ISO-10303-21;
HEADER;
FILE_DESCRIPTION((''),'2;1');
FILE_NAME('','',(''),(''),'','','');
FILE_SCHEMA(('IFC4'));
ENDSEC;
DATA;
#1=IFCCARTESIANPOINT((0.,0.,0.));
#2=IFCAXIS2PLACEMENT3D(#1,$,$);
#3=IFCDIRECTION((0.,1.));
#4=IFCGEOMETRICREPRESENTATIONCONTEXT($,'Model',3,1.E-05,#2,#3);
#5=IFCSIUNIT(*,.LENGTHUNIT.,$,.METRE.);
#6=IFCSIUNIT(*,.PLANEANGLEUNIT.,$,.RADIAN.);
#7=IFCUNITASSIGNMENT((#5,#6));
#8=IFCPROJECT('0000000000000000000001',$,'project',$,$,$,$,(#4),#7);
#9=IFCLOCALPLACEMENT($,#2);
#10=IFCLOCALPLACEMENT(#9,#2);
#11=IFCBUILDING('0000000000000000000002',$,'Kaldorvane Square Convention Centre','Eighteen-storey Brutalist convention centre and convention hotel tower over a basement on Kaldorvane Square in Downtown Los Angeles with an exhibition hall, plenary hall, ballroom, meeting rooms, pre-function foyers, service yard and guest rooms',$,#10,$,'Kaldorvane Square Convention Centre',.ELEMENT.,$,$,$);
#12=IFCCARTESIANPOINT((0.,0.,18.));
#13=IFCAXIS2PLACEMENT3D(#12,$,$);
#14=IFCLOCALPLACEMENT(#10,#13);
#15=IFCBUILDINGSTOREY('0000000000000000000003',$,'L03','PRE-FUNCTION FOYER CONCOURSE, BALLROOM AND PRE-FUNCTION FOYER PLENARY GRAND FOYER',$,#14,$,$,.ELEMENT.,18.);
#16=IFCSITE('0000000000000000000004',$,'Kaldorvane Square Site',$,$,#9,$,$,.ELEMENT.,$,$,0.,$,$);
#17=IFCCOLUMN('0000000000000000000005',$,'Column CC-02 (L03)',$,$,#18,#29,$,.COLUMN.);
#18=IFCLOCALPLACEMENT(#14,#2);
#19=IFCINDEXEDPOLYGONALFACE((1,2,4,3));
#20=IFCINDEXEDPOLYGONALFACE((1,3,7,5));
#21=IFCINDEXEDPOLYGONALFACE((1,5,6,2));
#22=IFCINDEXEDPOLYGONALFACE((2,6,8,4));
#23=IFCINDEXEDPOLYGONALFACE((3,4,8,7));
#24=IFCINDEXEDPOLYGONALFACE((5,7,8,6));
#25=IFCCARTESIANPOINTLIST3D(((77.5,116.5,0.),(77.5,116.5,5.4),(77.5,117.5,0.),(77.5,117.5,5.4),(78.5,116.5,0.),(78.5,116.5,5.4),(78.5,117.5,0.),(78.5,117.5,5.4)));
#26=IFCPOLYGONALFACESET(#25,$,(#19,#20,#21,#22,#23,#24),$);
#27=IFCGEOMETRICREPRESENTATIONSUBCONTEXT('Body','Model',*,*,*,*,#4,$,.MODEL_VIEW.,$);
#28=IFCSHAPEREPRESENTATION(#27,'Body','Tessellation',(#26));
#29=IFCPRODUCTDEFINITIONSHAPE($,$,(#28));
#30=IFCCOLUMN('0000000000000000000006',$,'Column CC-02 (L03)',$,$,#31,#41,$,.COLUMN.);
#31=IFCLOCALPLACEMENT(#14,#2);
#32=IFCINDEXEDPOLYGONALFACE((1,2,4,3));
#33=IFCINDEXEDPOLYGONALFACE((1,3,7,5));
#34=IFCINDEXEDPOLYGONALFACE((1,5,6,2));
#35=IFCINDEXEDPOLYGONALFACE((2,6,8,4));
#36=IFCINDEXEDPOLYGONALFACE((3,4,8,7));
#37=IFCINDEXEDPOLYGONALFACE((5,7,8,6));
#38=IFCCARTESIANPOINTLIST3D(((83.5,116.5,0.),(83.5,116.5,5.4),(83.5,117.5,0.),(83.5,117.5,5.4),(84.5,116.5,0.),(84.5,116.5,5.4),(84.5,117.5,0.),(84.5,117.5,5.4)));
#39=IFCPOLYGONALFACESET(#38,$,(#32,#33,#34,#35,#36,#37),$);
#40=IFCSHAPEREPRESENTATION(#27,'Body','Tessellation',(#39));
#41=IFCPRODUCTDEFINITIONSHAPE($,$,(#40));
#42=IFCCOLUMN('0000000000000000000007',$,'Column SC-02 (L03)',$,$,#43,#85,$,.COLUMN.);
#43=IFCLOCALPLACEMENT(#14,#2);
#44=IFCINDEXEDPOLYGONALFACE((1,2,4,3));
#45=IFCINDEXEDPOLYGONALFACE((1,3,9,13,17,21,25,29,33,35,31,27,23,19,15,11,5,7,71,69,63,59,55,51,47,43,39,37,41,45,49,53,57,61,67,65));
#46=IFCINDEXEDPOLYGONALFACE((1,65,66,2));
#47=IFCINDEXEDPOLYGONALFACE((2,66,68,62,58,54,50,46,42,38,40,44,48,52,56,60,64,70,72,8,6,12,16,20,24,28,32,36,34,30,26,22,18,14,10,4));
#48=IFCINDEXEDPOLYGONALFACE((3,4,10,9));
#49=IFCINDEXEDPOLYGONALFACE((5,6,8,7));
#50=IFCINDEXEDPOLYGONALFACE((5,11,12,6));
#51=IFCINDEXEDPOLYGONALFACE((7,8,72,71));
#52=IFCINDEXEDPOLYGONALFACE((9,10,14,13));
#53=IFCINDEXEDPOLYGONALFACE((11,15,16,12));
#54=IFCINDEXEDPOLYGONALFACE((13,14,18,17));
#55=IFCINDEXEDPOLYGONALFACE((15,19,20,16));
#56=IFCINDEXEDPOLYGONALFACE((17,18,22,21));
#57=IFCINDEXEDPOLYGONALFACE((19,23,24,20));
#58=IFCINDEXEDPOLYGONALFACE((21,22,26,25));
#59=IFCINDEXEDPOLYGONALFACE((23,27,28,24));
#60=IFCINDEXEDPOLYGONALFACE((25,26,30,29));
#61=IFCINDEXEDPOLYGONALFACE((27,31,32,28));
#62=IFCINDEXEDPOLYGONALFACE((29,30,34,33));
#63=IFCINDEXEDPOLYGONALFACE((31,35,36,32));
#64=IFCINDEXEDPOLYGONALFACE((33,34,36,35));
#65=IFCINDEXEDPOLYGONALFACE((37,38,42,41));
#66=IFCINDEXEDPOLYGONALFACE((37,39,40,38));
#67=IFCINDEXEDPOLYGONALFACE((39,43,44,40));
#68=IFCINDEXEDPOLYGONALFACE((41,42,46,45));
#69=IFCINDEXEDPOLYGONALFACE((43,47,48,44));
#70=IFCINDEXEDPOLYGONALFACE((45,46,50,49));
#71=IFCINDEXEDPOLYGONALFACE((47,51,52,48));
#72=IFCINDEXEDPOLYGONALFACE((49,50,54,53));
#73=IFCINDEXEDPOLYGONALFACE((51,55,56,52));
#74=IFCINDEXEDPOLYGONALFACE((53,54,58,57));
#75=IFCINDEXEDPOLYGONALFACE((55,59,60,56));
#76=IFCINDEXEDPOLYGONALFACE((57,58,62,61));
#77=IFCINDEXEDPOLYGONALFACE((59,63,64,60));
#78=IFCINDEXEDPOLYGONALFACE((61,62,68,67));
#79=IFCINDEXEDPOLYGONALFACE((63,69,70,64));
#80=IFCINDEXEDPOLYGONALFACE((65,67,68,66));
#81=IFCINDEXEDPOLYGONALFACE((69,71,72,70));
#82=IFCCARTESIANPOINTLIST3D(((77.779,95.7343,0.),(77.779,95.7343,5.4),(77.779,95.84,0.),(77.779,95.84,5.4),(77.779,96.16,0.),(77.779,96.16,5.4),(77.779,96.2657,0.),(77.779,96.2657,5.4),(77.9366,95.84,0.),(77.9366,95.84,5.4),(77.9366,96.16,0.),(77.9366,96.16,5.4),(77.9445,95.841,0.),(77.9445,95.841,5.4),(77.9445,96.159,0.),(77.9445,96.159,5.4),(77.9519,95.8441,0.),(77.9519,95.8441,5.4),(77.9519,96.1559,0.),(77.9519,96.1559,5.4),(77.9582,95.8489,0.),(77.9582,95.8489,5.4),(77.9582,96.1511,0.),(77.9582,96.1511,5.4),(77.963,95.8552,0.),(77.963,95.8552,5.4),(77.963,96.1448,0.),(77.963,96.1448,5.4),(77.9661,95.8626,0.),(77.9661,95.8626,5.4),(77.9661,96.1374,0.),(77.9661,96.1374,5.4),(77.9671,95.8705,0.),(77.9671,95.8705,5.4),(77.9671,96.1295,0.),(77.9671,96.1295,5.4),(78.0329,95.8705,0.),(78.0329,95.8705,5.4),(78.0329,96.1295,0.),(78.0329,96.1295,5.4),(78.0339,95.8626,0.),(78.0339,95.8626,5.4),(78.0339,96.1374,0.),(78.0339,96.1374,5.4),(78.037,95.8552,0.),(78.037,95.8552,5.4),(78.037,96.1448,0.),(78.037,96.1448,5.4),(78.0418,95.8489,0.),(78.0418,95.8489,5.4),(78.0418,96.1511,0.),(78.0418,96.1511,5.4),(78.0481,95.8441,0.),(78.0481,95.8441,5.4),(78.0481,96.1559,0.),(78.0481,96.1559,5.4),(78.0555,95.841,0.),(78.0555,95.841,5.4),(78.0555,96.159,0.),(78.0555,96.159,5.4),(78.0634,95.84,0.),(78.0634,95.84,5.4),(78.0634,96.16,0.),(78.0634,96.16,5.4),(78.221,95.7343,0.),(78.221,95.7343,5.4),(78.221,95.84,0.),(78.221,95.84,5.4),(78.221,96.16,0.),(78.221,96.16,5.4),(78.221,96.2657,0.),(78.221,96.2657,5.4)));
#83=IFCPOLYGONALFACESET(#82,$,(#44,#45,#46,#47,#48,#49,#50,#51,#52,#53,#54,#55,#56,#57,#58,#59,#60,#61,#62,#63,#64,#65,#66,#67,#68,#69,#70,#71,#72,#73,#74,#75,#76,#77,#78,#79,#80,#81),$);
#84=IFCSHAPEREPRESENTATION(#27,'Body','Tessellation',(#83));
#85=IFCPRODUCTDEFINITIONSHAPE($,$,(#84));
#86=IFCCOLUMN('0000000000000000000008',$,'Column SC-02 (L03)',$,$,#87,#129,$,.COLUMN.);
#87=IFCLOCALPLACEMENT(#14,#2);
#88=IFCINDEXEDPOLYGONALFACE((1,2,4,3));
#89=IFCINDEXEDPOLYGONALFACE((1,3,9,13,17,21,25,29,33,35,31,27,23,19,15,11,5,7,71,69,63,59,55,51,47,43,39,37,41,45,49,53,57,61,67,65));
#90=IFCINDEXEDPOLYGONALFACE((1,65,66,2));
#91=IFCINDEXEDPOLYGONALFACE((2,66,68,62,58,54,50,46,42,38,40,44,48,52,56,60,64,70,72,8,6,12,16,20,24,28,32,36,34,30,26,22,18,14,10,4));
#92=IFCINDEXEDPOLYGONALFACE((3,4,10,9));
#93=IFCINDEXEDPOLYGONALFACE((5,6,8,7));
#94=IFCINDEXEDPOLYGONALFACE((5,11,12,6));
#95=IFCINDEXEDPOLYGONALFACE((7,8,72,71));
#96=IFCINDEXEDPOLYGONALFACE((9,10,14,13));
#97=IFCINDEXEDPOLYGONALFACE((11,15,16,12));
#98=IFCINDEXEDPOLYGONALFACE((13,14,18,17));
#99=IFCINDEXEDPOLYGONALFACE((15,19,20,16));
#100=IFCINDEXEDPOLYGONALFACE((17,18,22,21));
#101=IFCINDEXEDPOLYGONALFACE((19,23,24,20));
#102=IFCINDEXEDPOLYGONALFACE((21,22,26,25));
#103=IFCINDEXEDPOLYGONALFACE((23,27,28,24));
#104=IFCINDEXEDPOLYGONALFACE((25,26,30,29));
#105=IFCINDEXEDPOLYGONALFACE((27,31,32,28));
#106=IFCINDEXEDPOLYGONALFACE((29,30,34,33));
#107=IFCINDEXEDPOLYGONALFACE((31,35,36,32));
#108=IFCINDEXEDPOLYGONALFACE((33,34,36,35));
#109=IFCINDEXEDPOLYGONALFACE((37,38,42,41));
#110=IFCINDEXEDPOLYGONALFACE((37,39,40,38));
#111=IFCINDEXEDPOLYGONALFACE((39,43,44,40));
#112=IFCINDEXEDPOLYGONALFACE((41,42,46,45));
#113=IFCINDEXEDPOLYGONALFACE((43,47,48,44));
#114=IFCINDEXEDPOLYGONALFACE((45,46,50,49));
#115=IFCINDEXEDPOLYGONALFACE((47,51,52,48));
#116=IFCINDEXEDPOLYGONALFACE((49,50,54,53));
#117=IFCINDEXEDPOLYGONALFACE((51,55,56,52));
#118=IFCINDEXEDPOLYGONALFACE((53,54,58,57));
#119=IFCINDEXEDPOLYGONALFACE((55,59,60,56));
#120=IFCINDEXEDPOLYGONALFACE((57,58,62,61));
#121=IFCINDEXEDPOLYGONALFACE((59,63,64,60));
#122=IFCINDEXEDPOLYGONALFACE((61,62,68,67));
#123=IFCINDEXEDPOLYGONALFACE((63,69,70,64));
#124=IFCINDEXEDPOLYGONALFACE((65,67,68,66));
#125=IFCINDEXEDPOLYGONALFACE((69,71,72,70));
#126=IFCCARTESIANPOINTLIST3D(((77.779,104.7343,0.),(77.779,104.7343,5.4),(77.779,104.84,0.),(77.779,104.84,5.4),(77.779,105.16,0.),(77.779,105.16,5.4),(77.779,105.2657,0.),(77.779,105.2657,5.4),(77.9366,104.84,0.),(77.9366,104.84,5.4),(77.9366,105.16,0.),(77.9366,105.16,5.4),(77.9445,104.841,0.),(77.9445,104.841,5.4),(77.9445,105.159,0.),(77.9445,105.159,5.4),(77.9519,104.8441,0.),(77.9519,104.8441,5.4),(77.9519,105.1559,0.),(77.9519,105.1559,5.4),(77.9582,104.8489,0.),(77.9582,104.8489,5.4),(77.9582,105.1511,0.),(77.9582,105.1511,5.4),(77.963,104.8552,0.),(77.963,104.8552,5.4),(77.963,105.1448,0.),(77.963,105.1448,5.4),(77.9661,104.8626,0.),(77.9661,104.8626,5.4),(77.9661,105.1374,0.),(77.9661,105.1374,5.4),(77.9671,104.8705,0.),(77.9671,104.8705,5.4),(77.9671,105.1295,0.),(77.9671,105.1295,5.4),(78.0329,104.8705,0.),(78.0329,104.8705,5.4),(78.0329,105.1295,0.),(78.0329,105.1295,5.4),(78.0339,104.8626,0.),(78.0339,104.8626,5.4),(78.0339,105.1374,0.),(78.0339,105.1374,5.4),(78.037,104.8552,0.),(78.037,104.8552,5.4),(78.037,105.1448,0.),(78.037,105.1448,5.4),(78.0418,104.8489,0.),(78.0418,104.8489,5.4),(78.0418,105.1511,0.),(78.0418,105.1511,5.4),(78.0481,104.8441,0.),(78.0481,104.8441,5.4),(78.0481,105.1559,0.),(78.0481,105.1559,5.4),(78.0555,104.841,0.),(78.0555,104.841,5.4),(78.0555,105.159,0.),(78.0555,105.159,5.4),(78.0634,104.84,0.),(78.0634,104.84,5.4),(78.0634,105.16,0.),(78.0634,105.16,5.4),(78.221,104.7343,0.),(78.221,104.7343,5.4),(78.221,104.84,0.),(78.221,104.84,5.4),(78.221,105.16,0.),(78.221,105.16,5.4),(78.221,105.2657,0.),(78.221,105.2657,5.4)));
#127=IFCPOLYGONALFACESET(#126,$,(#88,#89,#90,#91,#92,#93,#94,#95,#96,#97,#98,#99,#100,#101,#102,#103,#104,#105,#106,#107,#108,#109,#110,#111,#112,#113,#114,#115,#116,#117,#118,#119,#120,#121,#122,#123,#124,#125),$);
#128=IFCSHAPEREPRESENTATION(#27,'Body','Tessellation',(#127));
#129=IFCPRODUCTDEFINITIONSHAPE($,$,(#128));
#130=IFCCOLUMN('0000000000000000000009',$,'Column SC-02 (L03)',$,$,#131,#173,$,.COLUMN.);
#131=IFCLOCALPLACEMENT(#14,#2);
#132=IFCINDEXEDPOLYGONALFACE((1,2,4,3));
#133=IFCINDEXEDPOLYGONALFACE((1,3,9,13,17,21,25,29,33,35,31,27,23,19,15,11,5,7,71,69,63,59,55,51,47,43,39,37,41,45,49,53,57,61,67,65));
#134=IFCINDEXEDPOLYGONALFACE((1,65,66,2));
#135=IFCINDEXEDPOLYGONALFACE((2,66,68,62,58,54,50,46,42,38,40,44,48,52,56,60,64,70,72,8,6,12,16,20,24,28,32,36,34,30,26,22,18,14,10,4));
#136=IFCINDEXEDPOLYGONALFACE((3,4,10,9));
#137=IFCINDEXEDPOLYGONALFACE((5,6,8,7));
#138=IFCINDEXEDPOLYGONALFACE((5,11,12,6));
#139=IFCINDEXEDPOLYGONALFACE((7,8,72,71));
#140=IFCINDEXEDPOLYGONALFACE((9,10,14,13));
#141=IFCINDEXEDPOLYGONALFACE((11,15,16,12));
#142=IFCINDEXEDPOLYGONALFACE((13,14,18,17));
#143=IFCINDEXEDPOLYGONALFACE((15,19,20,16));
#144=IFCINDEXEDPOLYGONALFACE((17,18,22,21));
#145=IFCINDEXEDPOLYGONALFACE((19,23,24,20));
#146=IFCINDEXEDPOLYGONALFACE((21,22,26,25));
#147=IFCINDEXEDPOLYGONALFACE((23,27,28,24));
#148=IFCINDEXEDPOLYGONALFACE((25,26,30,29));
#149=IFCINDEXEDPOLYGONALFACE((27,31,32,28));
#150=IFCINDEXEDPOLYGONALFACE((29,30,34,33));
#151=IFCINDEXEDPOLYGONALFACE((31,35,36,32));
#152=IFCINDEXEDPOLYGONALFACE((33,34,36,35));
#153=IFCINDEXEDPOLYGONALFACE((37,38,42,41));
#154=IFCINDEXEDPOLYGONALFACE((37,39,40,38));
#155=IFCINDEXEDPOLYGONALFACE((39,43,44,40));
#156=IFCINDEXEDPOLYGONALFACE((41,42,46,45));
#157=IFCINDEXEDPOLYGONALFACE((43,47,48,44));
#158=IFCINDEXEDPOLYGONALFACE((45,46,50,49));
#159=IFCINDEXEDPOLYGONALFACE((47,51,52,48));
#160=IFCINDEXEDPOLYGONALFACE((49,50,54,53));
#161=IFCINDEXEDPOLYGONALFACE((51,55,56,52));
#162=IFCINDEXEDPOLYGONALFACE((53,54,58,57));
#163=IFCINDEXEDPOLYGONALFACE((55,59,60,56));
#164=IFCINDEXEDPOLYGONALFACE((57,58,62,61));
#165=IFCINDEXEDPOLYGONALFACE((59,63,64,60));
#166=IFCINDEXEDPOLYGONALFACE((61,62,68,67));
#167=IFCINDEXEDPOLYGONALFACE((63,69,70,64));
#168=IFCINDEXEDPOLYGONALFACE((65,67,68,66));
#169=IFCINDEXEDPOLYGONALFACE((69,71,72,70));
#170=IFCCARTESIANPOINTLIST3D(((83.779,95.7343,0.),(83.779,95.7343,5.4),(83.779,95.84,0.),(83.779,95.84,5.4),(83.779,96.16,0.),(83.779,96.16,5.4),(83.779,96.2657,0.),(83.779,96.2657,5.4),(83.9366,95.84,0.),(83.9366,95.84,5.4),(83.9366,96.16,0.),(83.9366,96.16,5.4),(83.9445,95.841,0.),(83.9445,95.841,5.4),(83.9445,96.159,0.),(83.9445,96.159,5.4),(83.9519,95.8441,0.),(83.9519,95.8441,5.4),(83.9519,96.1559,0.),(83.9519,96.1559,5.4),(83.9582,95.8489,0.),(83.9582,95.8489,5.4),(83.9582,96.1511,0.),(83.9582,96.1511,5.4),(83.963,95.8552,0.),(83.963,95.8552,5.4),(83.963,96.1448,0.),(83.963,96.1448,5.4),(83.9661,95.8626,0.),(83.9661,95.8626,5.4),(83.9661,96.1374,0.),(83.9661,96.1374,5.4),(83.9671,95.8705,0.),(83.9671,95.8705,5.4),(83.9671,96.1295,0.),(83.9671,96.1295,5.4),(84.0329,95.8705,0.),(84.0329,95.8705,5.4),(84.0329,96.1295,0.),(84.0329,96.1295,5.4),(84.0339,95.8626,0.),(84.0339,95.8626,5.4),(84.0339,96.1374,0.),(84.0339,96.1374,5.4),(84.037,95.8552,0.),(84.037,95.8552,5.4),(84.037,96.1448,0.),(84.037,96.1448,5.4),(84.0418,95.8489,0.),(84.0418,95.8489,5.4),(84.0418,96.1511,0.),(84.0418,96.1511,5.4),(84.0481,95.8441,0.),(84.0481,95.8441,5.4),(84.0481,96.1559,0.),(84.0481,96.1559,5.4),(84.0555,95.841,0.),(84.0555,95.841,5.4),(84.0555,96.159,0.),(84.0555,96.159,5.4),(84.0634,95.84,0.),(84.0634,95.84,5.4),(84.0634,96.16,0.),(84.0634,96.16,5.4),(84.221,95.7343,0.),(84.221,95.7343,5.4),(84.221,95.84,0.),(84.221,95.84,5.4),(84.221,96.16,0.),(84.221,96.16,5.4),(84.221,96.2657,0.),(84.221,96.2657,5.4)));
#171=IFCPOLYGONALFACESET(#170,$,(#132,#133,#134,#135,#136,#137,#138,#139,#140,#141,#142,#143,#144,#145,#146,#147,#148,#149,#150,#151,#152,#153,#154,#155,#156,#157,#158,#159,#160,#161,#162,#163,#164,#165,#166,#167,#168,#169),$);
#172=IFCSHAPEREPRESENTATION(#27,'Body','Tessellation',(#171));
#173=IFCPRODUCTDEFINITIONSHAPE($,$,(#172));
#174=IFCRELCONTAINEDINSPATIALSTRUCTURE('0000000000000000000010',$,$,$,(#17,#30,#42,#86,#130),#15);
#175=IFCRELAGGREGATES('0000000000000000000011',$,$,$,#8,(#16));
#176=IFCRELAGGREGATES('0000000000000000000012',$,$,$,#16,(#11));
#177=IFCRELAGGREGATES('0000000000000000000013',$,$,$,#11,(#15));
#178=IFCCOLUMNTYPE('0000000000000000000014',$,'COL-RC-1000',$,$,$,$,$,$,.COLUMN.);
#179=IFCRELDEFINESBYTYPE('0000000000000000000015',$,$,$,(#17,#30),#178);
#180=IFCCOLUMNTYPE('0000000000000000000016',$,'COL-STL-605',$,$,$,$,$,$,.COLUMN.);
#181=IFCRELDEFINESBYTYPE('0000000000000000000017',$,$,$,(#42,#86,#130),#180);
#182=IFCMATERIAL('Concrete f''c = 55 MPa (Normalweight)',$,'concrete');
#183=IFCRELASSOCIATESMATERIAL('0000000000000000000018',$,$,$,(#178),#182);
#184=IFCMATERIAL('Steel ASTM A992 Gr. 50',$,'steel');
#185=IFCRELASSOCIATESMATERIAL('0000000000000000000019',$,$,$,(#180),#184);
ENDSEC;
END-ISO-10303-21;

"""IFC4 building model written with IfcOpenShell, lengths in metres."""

from ifc_helpers import new_model, si_unit, direction, frame, origin, origin_2d, place, context, subcontext, project, spatial, rectangle, i_section, extrude, material, material_profile, profile_set, type_object, element, save


model = new_model("IFC4")

# Units and contexts
model_context = context("Model", 3, precision=1e-05, world=origin(), true_north=direction((0.0, 1.0)))
body_context = subcontext(model_context, "Body", "Model", "MODEL_VIEW")
ifc_project = project(units=[si_unit("LENGTHUNIT", "METRE"), si_unit("PLANEANGLEUNIT", "RADIAN")], contexts=[model_context])

# Site, building, storey
site_placement = place(None, origin())
site = spatial("IfcSite", under=ifc_project, at=site_placement, Name="Kaldorvane Square Site", CompositionType="ELEMENT", RefElevation=0.0)
building_placement = place(site_placement, origin())
building = spatial("IfcBuilding", under=site, at=building_placement, Name="Kaldorvane Square Convention Centre", Description="Eighteen-storey Brutalist convention centre and convention hotel tower over a basement on Kaldorvane Square in Downtown Los Angeles with an exhibition hall, plenary hall, ballroom, meeting rooms, pre-function foyers, service yard and guest rooms", LongName="Kaldorvane Square Convention Centre", CompositionType="ELEMENT")
storey_placement = place(building_placement, frame((0.0, 0.0, 18.0)))
storey = spatial("IfcBuildingStorey", under=building, at=storey_placement, Name="L03", Description="PRE-FUNCTION FOYER CONCOURSE, BALLROOM AND PRE-FUNCTION FOYER PLENARY GRAND FOYER", CompositionType="ELEMENT", Elevation=18.0)

# Columns
ifc_material_1 = material(Name="Concrete f'c = 55 MPa (Normalweight)", Category="concrete")
ifc_material_profile_1 = material_profile(ifc_material_1, rectangle(XDim=1.0, YDim=1.0, at=origin_2d()), Name="RC1000X1000")
ifc_profile_set_1 = profile_set([ifc_material_profile_1], Name="Concrete f'c = 55 MPa (Normalweight)")
column_type_1 = type_object("IfcColumnType", Name="COL-RC-1000", PredefinedType="COLUMN", material=ifc_profile_set_1)
for number, where, z_axis, x_axis, name in (
    (1, (78.0, 117.0, 0.0), (0.0, 0.0, 1.0), (1.0, 0.0, 0.0), "Column CC-02 (L03)"),
    (2, (84.0, 117.0, 0.0), (0.0, 0.0, 1.0), (1.0, 0.0, 0.0), "Column CC-02 (L03)"),
):
    element("IfcColumn", number, at=place(storey_placement, frame(where, z_axis=z_axis, x_axis=x_axis)), inside=storey, type_object=column_type_1, Name=name, PredefinedType="COLUMN", context=body_context, shape_type="SweptSolid", body=[
        extrude(rectangle(XDim=1.0, YDim=1.0, at=origin_2d()), origin(), (0.0, 0.0, 1.0), 5.4),
    ])
ifc_material_2 = material(Name="Steel ASTM A992 Gr. 50", Category="steel")
ifc_material_profile_2 = material_profile(ifc_material_2, i_section(OverallWidth=0.442, OverallDepth=0.5314, WebThickness=0.0658, FlangeThickness=0.1057, FilletRadius=0.0305, at=origin_2d()), Name="W14X605")
ifc_profile_set_2 = profile_set([ifc_material_profile_2], Name="Steel ASTM A992 Gr. 50")
column_type_2 = type_object("IfcColumnType", Name="COL-STL-605", PredefinedType="COLUMN", material=ifc_profile_set_2)
for number, where, z_axis, x_axis, name in (
    (3, (78.0, 96.0, 0.0), (0.0, 0.0, 1.0), (1.0, 0.0, 0.0), "Column SC-02 (L03)"),
    (4, (78.0, 105.0, 0.0), (0.0, 0.0, 1.0), (1.0, 0.0, 0.0), "Column SC-02 (L03)"),
    (5, (84.0, 96.0, 0.0), (0.0, 0.0, 1.0), (1.0, 0.0, 0.0), "Column SC-02 (L03)"),
):
    element("IfcColumn", number, at=place(storey_placement, frame(where, z_axis=z_axis, x_axis=x_axis)), inside=storey, type_object=column_type_2, Name=name, PredefinedType="COLUMN", context=body_context, shape_type="SweptSolid", body=[
        extrude(i_section(OverallWidth=0.442, OverallDepth=0.5314, WebThickness=0.0658, FlangeThickness=0.1057, FilletRadius=0.0305, at=origin_2d()), origin(), (0.0, 0.0, 1.0), 5.4),
    ])

save(model, "model.ifc")
